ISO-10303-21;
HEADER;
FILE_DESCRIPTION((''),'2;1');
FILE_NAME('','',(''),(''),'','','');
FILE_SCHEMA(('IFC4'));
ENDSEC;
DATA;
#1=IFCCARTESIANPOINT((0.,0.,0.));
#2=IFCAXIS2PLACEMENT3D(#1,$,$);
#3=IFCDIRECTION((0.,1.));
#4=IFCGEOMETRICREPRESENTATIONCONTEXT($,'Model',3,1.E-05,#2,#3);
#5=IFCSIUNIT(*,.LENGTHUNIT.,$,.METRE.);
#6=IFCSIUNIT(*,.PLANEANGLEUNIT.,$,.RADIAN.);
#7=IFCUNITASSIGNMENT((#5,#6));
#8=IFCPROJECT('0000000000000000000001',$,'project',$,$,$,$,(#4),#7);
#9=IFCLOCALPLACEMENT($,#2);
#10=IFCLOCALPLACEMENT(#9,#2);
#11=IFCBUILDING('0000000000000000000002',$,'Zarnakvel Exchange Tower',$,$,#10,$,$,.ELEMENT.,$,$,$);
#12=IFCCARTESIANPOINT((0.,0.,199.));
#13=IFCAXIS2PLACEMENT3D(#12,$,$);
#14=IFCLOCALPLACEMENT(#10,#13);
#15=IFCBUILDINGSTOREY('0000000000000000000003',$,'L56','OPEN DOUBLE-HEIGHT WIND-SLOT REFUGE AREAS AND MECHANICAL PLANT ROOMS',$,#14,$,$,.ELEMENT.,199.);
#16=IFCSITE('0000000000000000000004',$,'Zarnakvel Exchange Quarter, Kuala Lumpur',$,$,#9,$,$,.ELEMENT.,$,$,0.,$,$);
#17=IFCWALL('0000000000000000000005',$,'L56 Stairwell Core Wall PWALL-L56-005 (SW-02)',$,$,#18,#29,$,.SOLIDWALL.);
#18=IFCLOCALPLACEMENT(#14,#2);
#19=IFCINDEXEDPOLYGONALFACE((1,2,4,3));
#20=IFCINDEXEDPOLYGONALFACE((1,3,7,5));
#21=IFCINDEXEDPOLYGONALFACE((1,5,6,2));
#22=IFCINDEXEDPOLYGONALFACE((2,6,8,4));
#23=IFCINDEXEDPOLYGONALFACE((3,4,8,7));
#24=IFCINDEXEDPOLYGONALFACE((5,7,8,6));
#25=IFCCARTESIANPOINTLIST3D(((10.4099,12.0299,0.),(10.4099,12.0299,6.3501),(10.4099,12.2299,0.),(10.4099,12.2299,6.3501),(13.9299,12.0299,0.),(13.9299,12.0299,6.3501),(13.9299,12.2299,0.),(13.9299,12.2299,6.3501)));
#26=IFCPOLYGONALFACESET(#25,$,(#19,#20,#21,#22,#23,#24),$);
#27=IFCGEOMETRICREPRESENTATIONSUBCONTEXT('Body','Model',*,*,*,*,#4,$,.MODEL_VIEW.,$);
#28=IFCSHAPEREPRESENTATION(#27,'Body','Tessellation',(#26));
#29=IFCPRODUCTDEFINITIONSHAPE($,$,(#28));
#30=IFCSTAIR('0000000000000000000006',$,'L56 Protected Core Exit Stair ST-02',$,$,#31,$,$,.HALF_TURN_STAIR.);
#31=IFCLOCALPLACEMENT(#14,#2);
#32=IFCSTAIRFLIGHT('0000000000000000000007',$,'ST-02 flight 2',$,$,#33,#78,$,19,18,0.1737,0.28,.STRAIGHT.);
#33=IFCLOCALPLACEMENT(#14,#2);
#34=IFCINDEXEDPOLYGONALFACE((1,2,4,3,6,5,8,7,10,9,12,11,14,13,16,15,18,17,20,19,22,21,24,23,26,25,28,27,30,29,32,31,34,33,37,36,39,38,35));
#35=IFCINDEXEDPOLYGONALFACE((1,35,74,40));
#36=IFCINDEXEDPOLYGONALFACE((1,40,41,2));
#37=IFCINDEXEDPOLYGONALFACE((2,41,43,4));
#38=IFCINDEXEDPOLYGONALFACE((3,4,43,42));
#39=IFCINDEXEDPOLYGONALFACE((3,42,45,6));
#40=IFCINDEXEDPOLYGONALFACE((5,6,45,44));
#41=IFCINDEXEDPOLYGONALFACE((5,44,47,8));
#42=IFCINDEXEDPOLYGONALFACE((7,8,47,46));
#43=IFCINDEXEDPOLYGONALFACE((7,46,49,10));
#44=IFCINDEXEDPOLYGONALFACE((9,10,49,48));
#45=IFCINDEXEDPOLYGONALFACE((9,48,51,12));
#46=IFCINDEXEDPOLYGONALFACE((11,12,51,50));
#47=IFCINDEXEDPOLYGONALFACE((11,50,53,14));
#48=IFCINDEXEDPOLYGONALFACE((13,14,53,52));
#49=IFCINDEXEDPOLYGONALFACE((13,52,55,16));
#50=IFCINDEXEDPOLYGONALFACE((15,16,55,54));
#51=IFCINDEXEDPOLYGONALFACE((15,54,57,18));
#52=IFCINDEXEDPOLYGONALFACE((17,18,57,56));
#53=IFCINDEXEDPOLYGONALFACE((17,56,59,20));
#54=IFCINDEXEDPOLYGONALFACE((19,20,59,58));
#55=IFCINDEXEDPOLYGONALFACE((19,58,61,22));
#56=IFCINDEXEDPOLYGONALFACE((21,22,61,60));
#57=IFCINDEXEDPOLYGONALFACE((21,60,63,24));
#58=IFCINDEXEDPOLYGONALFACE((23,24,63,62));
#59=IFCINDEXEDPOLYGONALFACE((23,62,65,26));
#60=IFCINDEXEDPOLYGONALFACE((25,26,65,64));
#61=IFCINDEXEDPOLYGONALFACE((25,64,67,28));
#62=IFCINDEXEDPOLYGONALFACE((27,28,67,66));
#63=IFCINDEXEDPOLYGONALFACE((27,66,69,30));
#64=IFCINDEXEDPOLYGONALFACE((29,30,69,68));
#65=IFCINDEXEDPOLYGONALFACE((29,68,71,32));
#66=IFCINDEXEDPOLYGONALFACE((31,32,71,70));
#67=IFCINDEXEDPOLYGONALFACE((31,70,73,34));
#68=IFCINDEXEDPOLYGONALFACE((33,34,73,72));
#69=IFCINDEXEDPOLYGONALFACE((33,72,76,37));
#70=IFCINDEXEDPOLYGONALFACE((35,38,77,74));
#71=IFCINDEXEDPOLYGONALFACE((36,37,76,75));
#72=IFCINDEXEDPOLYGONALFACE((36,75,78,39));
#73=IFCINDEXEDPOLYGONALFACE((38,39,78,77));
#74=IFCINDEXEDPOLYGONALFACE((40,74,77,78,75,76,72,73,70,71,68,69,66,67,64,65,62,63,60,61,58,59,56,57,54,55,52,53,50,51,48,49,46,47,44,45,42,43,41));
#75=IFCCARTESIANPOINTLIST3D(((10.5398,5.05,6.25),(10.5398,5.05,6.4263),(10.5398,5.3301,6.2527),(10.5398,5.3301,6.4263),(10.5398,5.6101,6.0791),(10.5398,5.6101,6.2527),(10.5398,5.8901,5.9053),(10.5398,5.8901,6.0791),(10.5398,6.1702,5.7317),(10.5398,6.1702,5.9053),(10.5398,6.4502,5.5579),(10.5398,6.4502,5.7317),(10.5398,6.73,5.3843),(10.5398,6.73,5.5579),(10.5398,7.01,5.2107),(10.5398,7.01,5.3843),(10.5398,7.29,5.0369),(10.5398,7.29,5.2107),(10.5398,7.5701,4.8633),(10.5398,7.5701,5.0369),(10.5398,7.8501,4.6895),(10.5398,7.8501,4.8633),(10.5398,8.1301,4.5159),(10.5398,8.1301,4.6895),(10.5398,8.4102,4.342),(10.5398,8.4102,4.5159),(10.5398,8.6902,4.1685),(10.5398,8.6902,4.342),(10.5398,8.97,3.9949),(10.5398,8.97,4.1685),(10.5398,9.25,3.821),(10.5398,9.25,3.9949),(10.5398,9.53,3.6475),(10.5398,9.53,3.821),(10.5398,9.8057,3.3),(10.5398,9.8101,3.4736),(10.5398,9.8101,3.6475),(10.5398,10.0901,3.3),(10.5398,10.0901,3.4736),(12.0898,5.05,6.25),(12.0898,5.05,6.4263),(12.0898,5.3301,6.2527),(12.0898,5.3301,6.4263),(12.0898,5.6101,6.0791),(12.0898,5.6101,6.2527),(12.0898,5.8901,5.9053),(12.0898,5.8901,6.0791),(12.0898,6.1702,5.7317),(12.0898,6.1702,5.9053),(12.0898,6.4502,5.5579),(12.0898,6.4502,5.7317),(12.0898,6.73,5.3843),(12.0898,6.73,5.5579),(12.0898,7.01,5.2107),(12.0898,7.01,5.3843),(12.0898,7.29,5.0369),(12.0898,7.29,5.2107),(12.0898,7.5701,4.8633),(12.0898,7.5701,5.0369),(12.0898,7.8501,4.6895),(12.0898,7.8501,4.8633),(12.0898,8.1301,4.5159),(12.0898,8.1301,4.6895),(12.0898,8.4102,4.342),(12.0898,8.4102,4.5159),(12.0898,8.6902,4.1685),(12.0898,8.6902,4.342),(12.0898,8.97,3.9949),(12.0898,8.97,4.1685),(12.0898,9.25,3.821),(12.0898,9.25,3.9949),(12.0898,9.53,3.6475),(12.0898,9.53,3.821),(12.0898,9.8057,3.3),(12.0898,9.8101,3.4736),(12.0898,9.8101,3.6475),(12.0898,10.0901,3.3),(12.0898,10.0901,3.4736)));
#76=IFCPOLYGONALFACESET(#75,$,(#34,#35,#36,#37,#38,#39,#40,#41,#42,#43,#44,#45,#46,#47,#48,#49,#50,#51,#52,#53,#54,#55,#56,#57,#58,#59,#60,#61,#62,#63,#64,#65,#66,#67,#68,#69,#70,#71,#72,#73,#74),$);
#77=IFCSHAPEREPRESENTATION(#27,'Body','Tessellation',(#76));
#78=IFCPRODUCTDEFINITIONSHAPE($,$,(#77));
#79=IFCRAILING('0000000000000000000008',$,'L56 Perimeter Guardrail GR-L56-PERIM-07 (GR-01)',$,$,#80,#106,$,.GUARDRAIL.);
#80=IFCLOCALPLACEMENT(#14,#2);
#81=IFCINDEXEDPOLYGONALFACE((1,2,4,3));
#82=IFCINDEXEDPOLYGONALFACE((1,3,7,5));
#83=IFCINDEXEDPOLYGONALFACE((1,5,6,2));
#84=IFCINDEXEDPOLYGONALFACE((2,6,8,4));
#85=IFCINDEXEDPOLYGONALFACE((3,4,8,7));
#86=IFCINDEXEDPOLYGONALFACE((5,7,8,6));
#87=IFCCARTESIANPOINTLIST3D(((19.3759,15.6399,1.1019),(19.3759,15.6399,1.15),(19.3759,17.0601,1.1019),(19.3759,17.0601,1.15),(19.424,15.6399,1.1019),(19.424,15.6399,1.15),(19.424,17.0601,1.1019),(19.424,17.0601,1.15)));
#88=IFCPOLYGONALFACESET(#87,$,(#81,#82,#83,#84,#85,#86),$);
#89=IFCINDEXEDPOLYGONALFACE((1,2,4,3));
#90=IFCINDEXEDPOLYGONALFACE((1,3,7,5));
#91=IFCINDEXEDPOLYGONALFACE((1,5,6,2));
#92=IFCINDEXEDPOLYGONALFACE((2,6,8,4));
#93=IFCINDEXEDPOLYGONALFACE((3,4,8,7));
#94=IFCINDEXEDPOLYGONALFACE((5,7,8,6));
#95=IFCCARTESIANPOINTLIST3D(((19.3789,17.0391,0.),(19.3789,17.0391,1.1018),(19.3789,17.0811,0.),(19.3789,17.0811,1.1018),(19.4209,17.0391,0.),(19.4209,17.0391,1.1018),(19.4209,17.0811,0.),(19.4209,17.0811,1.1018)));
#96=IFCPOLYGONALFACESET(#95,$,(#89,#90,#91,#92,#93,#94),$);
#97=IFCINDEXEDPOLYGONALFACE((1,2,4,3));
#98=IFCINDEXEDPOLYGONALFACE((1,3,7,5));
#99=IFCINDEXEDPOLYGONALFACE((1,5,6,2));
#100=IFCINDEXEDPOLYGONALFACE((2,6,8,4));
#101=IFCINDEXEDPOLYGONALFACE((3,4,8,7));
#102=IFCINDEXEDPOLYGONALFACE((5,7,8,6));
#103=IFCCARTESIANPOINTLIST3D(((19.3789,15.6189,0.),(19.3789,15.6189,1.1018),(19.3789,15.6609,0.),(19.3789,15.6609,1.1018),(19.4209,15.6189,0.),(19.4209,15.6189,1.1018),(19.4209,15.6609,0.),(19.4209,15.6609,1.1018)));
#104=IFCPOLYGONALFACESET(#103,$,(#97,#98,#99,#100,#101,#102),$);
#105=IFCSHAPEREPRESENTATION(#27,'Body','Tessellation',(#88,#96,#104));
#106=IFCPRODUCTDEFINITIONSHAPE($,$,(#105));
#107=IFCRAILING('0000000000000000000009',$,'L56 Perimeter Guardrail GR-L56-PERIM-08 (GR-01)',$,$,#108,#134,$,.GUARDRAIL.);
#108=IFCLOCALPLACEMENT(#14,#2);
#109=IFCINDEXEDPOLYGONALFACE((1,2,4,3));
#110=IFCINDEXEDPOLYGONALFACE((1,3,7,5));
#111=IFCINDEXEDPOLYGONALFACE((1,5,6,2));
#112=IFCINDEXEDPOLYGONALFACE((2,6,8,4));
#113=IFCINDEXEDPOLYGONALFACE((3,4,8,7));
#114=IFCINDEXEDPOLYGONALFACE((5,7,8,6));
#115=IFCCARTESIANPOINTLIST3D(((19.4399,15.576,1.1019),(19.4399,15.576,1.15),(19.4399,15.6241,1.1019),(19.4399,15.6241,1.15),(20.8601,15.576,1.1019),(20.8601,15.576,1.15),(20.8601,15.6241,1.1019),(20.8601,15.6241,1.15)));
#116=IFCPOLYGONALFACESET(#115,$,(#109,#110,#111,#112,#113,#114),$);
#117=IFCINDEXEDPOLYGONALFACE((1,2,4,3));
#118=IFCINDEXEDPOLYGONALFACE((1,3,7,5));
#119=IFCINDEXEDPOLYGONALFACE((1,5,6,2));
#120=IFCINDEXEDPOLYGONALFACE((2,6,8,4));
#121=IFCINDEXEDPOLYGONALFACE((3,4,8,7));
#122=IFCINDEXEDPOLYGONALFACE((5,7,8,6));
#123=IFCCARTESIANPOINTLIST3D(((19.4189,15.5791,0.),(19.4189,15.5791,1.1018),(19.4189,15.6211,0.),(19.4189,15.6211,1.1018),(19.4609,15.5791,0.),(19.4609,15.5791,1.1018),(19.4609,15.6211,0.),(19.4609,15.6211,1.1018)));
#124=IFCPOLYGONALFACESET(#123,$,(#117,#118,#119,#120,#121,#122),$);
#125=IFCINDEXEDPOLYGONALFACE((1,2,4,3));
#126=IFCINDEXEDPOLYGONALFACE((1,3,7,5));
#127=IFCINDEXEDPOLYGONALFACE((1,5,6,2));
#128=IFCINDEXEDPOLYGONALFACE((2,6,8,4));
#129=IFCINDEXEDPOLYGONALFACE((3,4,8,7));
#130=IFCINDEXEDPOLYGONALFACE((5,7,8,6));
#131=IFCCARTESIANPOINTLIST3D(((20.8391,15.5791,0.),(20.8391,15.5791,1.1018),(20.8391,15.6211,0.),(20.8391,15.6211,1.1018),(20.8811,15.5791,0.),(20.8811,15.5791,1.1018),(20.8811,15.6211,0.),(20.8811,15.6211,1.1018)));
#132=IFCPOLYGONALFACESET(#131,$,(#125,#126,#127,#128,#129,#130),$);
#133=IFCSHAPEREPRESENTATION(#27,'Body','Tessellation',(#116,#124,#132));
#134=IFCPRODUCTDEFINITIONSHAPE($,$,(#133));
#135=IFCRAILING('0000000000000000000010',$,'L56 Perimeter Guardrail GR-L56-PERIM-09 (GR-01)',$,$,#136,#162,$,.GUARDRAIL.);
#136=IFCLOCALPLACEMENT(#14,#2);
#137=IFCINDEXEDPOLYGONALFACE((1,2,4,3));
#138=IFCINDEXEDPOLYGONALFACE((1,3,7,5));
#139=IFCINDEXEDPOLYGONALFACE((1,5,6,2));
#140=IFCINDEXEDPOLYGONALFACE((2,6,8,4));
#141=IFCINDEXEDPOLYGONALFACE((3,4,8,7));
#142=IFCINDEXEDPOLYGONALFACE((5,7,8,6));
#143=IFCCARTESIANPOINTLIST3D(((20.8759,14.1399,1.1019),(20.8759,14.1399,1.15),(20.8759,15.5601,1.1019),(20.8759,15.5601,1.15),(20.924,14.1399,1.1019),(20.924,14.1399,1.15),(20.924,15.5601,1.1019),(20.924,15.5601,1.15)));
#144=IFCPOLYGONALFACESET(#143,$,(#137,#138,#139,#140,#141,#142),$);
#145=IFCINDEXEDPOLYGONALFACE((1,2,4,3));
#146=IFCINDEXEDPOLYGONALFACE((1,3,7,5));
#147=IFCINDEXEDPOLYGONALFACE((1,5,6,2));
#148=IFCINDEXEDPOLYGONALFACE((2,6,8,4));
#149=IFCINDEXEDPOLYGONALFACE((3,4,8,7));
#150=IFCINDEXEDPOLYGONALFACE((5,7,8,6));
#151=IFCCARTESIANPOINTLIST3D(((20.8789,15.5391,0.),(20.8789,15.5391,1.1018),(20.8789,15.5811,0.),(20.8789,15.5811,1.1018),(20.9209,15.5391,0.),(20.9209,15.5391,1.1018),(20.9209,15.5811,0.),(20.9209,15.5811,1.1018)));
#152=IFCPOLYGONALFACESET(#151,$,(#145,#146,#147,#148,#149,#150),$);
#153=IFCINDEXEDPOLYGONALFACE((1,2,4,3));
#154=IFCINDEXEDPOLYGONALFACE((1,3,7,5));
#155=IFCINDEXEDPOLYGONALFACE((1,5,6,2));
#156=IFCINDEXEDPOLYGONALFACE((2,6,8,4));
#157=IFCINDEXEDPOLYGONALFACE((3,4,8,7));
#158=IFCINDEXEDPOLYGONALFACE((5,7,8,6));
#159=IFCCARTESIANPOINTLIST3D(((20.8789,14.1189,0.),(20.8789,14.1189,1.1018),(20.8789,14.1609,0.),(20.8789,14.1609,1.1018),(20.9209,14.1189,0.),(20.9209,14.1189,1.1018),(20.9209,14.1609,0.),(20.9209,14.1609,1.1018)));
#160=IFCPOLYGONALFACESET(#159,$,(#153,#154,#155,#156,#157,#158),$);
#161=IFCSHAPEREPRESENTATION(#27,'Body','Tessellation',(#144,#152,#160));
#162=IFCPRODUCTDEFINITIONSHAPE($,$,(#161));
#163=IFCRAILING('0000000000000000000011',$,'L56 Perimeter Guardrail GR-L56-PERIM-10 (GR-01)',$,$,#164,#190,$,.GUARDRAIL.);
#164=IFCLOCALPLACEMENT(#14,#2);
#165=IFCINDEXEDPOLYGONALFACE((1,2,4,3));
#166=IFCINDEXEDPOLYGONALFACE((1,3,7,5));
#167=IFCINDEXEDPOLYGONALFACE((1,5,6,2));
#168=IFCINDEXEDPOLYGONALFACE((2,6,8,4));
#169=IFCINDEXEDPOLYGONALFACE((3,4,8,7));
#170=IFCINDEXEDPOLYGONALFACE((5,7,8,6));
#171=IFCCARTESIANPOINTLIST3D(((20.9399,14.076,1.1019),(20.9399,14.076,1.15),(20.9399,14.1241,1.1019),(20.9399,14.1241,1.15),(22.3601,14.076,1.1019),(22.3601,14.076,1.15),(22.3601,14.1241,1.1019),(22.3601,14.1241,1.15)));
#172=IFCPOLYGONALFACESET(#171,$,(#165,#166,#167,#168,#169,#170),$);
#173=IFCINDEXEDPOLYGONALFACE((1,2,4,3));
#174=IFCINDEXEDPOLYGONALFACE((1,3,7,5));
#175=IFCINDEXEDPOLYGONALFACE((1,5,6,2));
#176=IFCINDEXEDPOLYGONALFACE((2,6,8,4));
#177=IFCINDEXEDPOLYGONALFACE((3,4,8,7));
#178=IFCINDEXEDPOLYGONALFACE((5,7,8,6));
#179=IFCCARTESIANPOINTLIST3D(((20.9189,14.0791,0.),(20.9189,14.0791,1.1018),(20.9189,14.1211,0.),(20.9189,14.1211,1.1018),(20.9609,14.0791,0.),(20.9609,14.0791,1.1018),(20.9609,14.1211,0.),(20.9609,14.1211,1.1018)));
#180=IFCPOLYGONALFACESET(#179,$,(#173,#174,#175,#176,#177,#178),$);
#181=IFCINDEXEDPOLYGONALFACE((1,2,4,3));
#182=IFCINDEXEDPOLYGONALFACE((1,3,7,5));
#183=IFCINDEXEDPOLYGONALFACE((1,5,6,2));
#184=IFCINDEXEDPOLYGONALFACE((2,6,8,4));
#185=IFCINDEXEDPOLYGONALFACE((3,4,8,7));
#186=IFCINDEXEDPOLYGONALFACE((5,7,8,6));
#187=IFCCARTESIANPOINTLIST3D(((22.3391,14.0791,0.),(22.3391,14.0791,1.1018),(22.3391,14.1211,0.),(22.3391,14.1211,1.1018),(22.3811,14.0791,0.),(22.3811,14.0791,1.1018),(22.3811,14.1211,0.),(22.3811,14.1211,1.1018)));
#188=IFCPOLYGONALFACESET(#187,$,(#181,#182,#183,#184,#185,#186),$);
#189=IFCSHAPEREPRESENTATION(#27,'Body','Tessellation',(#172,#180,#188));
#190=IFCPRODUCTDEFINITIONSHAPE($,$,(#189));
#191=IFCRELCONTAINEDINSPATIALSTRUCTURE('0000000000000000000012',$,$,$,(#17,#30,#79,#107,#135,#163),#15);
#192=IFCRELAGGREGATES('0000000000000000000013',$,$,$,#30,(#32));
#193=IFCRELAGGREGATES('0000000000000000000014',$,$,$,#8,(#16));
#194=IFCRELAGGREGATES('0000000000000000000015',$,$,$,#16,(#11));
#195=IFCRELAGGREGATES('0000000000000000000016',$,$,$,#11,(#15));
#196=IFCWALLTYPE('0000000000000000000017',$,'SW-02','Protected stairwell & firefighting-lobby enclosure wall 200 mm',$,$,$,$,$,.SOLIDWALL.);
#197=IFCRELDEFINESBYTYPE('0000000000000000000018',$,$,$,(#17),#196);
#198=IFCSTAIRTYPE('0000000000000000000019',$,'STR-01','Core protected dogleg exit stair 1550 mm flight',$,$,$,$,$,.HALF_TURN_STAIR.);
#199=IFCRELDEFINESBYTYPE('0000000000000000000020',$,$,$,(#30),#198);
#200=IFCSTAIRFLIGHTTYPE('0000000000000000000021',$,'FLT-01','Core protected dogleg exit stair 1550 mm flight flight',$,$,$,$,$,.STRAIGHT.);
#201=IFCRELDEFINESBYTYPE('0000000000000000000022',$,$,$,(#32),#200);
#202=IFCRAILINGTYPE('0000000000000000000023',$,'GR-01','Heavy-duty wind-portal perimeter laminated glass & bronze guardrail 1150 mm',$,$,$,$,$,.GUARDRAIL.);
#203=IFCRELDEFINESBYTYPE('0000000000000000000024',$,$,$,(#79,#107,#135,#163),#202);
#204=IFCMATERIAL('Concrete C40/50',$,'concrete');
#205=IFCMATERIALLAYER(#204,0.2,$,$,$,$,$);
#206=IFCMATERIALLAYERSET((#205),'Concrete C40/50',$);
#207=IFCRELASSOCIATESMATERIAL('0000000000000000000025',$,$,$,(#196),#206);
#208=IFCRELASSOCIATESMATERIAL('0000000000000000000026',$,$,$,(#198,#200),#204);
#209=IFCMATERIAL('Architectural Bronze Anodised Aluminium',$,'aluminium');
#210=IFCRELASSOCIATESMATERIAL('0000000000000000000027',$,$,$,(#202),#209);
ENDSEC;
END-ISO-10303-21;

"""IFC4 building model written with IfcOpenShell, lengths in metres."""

from ifc_helpers import new_model, si_unit, direction, frame, frame_2d, origin, origin_2d, place, context, subcontext, project, spatial, polyline, rectangle, outline, extrude, material, layer, layer_set, type_object, element, aggregate, save


model = new_model("IFC4")

# Units and contexts
model_context = context("Model", 3, precision=1e-05, world=origin(), true_north=direction((0.0, 1.0)))
body_context = subcontext(model_context, "Body", "Model", "MODEL_VIEW")
ifc_project = project(units=[si_unit("LENGTHUNIT", "METRE"), si_unit("PLANEANGLEUNIT", "RADIAN")], contexts=[model_context])

# Site, building, storey
site_placement = place(None, origin())
site = spatial("IfcSite", under=ifc_project, at=site_placement, Name="Zarnakvel Exchange Quarter, Kuala Lumpur", CompositionType="ELEMENT", RefElevation=0.0)
building_placement = place(site_placement, origin())
building = spatial("IfcBuilding", under=site, at=building_placement, Name="Zarnakvel Exchange Tower", CompositionType="ELEMENT")
storey_placement = place(building_placement, frame((0.0, 0.0, 199.0)))
storey = spatial("IfcBuildingStorey", under=building, at=storey_placement, Name="L56", Description="OPEN DOUBLE-HEIGHT WIND-SLOT REFUGE AREAS AND MECHANICAL PLANT ROOMS", CompositionType="ELEMENT", Elevation=199.0)

# Wall
ifc_material_1 = material(Name="Concrete C40/50", Category="concrete")
ifc_layer_1 = layer(ifc_material_1, 0.2)
ifc_layer_set_1 = layer_set([ifc_layer_1], Name="Concrete C40/50")
wall_type_1 = type_object("IfcWallType", Name="SW-02", Description="Protected stairwell & firefighting-lobby enclosure wall 200 mm", PredefinedType="SOLIDWALL", material=ifc_layer_set_1)
wall_1_placement = place(storey_placement, frame((10.4099, 12.1299, 0.0), z_axis=(0.0, 0.0, 1.0), x_axis=(1.0, 0.0, 0.0)))
element("IfcWall", 1, at=wall_1_placement, inside=storey, type_object=wall_type_1, Name="L56 Stairwell Core Wall PWALL-L56-005 (SW-02)", PredefinedType="SOLIDWALL", context=body_context, shape_type="SweptSolid", body=[
    extrude(rectangle(XDim=3.52, YDim=0.2, at=frame_2d((1.76, 0.0))), origin(), (0.0, 0.0, 1.0), 6.3501),
])

# Stair, stair flight
stair_type = type_object("IfcStairType", Name="STR-01", Description="Core protected dogleg exit stair 1550 mm flight", PredefinedType="HALF_TURN_STAIR", material=ifc_material_1)
stair_placement = place(storey_placement, origin())
stair = element("IfcStair", 2, at=stair_placement, inside=storey, type_object=stair_type, Name="L56 Protected Core Exit Stair ST-02", PredefinedType="HALF_TURN_STAIR")
stair_flight_type = type_object("IfcStairFlightType", Name="FLT-01", Description="Core protected dogleg exit stair 1550 mm flight flight", PredefinedType="STRAIGHT", material=ifc_material_1)
stair_flight_placement = place(storey_placement, frame((11.3149, 10.0901, 3.3), z_axis=(0.0, 0.0, 1.0), x_axis=(0.0, -1.0, 0.0)))
stair_flight = element("IfcStairFlight", 3, at=stair_flight_placement, type_object=stair_flight_type, Name="ST-02 flight 2", NumberOfRisers=19, NumberOfTreads=18, PredefinedType="STRAIGHT", RiserHeight=0.1737, TreadLength=0.28, context=body_context, shape_type="SweptSolid", body=[
    extrude(outline(polyline([(0.0, 0.0), (0.0, 0.1736), (0.28, 0.1736), (0.28, 0.3474), (0.5601, 0.3474), (0.5601, 0.521), (0.8401, 0.521), (0.8401, 0.6948), (1.1201, 0.6948), (1.1201, 0.8684), (1.3999, 0.8684), (1.3999, 1.042), (1.6799, 1.042), (1.6799, 1.2158), (1.96, 1.2158), (1.96, 1.3894), (2.24, 1.3894), (2.24, 1.5632), (2.52, 1.5632), (2.52, 1.7368), (2.8, 1.7368), (2.8, 1.9106), (3.0801, 1.9106), (3.0801, 2.0842), (3.3601, 2.0842), (3.3601, 2.2578), (3.6399, 2.2578), (3.6399, 2.4316), (3.9199, 2.4316), (3.9199, 2.6052), (4.2, 2.6052), (4.2, 2.7791), (4.48, 2.7791), (4.48, 2.9526), (4.76, 2.9526), (4.76, 3.1262), (5.04, 3.1262), (5.04, 3.3), (5.04, 2.95), (0.2844, 0.0), (0.0, 0.0)])), frame((0.0, 0.7749, 0.0), z_axis=(0.0, -1.0, 0.0), x_axis=(1.0, 0.0, 0.0)), (0.0, 0.0, 1.0), 1.55),
])
aggregate(stair, [stair_flight])

# Railings
ifc_material_2 = material(Name="Architectural Bronze Anodised Aluminium", Category="aluminium")
railing_type_1 = type_object("IfcRailingType", Name="GR-01", Description="Heavy-duty wind-portal perimeter laminated glass & bronze guardrail 1150 mm", PredefinedType="GUARDRAIL", material=ifc_material_2)
railing_1_placement = place(storey_placement, frame((19.3999, 17.0601, 0.0)))
element("IfcRailing", 4, at=railing_1_placement, inside=storey, type_object=railing_type_1, Name="L56 Perimeter Guardrail GR-L56-PERIM-07 (GR-01)", PredefinedType="GUARDRAIL", context=body_context, shape_type="SweptSolid", body=[
    extrude(rectangle(XDim=0.0481, YDim=0.0481, at=origin_2d()), frame((0.0, 0.0, 1.126), z_axis=(0.0, -1.0, 0.0), x_axis=(1.0, 0.0, 0.0)), (0.0, 0.0, 1.0), 1.4202),
    extrude(rectangle(XDim=0.042, YDim=0.042, at=origin_2d()), origin(), (0.0, 0.0, 1.0), 1.1018),
    extrude(rectangle(XDim=0.042, YDim=0.042, at=origin_2d()), frame((0.0, -1.4202, 0.0)), (0.0, 0.0, 1.0), 1.1018),
])
railing_2_placement = place(storey_placement, frame((19.4399, 15.6001, 0.0)))
element("IfcRailing", 5, at=railing_2_placement, inside=storey, type_object=railing_type_1, Name="L56 Perimeter Guardrail GR-L56-PERIM-08 (GR-01)", PredefinedType="GUARDRAIL", context=body_context, shape_type="SweptSolid", body=[
    extrude(rectangle(XDim=0.0481, YDim=0.0481, at=origin_2d()), frame((0.0, 0.0, 1.126), z_axis=(1.0, 0.0, 0.0), x_axis=(0.0, 1.0, 0.0)), (0.0, 0.0, 1.0), 1.4202),
    extrude(rectangle(XDim=0.042, YDim=0.042, at=origin_2d()), origin(), (0.0, 0.0, 1.0), 1.1018),
    extrude(rectangle(XDim=0.042, YDim=0.042, at=origin_2d()), frame((1.4202, 0.0, 0.0)), (0.0, 0.0, 1.0), 1.1018),
])
railing_3_placement = place(storey_placement, frame((20.8999, 15.5601, 0.0)))
element("IfcRailing", 6, at=railing_3_placement, inside=storey, type_object=railing_type_1, Name="L56 Perimeter Guardrail GR-L56-PERIM-09 (GR-01)", PredefinedType="GUARDRAIL", context=body_context, shape_type="SweptSolid", body=[
    extrude(rectangle(XDim=0.0481, YDim=0.0481, at=origin_2d()), frame((0.0, 0.0, 1.126), z_axis=(0.0, -1.0, 0.0), x_axis=(1.0, 0.0, 0.0)), (0.0, 0.0, 1.0), 1.4202),
    extrude(rectangle(XDim=0.042, YDim=0.042, at=origin_2d()), origin(), (0.0, 0.0, 1.0), 1.1018),
    extrude(rectangle(XDim=0.042, YDim=0.042, at=origin_2d()), frame((0.0, -1.4202, 0.0)), (0.0, 0.0, 1.0), 1.1018),
])
railing_4_placement = place(storey_placement, frame((20.9399, 14.1001, 0.0)))
element("IfcRailing", 7, at=railing_4_placement, inside=storey, type_object=railing_type_1, Name="L56 Perimeter Guardrail GR-L56-PERIM-10 (GR-01)", PredefinedType="GUARDRAIL", context=body_context, shape_type="SweptSolid", body=[
    extrude(rectangle(XDim=0.0481, YDim=0.0481, at=origin_2d()), frame((0.0, 0.0, 1.126), z_axis=(1.0, 0.0, 0.0), x_axis=(0.0, 1.0, 0.0)), (0.0, 0.0, 1.0), 1.4202),
    extrude(rectangle(XDim=0.042, YDim=0.042, at=origin_2d()), origin(), (0.0, 0.0, 1.0), 1.1018),
    extrude(rectangle(XDim=0.042, YDim=0.042, at=origin_2d()), frame((1.4202, 0.0, 0.0)), (0.0, 0.0, 1.0), 1.1018),
])

save(model, "model.ifc")
